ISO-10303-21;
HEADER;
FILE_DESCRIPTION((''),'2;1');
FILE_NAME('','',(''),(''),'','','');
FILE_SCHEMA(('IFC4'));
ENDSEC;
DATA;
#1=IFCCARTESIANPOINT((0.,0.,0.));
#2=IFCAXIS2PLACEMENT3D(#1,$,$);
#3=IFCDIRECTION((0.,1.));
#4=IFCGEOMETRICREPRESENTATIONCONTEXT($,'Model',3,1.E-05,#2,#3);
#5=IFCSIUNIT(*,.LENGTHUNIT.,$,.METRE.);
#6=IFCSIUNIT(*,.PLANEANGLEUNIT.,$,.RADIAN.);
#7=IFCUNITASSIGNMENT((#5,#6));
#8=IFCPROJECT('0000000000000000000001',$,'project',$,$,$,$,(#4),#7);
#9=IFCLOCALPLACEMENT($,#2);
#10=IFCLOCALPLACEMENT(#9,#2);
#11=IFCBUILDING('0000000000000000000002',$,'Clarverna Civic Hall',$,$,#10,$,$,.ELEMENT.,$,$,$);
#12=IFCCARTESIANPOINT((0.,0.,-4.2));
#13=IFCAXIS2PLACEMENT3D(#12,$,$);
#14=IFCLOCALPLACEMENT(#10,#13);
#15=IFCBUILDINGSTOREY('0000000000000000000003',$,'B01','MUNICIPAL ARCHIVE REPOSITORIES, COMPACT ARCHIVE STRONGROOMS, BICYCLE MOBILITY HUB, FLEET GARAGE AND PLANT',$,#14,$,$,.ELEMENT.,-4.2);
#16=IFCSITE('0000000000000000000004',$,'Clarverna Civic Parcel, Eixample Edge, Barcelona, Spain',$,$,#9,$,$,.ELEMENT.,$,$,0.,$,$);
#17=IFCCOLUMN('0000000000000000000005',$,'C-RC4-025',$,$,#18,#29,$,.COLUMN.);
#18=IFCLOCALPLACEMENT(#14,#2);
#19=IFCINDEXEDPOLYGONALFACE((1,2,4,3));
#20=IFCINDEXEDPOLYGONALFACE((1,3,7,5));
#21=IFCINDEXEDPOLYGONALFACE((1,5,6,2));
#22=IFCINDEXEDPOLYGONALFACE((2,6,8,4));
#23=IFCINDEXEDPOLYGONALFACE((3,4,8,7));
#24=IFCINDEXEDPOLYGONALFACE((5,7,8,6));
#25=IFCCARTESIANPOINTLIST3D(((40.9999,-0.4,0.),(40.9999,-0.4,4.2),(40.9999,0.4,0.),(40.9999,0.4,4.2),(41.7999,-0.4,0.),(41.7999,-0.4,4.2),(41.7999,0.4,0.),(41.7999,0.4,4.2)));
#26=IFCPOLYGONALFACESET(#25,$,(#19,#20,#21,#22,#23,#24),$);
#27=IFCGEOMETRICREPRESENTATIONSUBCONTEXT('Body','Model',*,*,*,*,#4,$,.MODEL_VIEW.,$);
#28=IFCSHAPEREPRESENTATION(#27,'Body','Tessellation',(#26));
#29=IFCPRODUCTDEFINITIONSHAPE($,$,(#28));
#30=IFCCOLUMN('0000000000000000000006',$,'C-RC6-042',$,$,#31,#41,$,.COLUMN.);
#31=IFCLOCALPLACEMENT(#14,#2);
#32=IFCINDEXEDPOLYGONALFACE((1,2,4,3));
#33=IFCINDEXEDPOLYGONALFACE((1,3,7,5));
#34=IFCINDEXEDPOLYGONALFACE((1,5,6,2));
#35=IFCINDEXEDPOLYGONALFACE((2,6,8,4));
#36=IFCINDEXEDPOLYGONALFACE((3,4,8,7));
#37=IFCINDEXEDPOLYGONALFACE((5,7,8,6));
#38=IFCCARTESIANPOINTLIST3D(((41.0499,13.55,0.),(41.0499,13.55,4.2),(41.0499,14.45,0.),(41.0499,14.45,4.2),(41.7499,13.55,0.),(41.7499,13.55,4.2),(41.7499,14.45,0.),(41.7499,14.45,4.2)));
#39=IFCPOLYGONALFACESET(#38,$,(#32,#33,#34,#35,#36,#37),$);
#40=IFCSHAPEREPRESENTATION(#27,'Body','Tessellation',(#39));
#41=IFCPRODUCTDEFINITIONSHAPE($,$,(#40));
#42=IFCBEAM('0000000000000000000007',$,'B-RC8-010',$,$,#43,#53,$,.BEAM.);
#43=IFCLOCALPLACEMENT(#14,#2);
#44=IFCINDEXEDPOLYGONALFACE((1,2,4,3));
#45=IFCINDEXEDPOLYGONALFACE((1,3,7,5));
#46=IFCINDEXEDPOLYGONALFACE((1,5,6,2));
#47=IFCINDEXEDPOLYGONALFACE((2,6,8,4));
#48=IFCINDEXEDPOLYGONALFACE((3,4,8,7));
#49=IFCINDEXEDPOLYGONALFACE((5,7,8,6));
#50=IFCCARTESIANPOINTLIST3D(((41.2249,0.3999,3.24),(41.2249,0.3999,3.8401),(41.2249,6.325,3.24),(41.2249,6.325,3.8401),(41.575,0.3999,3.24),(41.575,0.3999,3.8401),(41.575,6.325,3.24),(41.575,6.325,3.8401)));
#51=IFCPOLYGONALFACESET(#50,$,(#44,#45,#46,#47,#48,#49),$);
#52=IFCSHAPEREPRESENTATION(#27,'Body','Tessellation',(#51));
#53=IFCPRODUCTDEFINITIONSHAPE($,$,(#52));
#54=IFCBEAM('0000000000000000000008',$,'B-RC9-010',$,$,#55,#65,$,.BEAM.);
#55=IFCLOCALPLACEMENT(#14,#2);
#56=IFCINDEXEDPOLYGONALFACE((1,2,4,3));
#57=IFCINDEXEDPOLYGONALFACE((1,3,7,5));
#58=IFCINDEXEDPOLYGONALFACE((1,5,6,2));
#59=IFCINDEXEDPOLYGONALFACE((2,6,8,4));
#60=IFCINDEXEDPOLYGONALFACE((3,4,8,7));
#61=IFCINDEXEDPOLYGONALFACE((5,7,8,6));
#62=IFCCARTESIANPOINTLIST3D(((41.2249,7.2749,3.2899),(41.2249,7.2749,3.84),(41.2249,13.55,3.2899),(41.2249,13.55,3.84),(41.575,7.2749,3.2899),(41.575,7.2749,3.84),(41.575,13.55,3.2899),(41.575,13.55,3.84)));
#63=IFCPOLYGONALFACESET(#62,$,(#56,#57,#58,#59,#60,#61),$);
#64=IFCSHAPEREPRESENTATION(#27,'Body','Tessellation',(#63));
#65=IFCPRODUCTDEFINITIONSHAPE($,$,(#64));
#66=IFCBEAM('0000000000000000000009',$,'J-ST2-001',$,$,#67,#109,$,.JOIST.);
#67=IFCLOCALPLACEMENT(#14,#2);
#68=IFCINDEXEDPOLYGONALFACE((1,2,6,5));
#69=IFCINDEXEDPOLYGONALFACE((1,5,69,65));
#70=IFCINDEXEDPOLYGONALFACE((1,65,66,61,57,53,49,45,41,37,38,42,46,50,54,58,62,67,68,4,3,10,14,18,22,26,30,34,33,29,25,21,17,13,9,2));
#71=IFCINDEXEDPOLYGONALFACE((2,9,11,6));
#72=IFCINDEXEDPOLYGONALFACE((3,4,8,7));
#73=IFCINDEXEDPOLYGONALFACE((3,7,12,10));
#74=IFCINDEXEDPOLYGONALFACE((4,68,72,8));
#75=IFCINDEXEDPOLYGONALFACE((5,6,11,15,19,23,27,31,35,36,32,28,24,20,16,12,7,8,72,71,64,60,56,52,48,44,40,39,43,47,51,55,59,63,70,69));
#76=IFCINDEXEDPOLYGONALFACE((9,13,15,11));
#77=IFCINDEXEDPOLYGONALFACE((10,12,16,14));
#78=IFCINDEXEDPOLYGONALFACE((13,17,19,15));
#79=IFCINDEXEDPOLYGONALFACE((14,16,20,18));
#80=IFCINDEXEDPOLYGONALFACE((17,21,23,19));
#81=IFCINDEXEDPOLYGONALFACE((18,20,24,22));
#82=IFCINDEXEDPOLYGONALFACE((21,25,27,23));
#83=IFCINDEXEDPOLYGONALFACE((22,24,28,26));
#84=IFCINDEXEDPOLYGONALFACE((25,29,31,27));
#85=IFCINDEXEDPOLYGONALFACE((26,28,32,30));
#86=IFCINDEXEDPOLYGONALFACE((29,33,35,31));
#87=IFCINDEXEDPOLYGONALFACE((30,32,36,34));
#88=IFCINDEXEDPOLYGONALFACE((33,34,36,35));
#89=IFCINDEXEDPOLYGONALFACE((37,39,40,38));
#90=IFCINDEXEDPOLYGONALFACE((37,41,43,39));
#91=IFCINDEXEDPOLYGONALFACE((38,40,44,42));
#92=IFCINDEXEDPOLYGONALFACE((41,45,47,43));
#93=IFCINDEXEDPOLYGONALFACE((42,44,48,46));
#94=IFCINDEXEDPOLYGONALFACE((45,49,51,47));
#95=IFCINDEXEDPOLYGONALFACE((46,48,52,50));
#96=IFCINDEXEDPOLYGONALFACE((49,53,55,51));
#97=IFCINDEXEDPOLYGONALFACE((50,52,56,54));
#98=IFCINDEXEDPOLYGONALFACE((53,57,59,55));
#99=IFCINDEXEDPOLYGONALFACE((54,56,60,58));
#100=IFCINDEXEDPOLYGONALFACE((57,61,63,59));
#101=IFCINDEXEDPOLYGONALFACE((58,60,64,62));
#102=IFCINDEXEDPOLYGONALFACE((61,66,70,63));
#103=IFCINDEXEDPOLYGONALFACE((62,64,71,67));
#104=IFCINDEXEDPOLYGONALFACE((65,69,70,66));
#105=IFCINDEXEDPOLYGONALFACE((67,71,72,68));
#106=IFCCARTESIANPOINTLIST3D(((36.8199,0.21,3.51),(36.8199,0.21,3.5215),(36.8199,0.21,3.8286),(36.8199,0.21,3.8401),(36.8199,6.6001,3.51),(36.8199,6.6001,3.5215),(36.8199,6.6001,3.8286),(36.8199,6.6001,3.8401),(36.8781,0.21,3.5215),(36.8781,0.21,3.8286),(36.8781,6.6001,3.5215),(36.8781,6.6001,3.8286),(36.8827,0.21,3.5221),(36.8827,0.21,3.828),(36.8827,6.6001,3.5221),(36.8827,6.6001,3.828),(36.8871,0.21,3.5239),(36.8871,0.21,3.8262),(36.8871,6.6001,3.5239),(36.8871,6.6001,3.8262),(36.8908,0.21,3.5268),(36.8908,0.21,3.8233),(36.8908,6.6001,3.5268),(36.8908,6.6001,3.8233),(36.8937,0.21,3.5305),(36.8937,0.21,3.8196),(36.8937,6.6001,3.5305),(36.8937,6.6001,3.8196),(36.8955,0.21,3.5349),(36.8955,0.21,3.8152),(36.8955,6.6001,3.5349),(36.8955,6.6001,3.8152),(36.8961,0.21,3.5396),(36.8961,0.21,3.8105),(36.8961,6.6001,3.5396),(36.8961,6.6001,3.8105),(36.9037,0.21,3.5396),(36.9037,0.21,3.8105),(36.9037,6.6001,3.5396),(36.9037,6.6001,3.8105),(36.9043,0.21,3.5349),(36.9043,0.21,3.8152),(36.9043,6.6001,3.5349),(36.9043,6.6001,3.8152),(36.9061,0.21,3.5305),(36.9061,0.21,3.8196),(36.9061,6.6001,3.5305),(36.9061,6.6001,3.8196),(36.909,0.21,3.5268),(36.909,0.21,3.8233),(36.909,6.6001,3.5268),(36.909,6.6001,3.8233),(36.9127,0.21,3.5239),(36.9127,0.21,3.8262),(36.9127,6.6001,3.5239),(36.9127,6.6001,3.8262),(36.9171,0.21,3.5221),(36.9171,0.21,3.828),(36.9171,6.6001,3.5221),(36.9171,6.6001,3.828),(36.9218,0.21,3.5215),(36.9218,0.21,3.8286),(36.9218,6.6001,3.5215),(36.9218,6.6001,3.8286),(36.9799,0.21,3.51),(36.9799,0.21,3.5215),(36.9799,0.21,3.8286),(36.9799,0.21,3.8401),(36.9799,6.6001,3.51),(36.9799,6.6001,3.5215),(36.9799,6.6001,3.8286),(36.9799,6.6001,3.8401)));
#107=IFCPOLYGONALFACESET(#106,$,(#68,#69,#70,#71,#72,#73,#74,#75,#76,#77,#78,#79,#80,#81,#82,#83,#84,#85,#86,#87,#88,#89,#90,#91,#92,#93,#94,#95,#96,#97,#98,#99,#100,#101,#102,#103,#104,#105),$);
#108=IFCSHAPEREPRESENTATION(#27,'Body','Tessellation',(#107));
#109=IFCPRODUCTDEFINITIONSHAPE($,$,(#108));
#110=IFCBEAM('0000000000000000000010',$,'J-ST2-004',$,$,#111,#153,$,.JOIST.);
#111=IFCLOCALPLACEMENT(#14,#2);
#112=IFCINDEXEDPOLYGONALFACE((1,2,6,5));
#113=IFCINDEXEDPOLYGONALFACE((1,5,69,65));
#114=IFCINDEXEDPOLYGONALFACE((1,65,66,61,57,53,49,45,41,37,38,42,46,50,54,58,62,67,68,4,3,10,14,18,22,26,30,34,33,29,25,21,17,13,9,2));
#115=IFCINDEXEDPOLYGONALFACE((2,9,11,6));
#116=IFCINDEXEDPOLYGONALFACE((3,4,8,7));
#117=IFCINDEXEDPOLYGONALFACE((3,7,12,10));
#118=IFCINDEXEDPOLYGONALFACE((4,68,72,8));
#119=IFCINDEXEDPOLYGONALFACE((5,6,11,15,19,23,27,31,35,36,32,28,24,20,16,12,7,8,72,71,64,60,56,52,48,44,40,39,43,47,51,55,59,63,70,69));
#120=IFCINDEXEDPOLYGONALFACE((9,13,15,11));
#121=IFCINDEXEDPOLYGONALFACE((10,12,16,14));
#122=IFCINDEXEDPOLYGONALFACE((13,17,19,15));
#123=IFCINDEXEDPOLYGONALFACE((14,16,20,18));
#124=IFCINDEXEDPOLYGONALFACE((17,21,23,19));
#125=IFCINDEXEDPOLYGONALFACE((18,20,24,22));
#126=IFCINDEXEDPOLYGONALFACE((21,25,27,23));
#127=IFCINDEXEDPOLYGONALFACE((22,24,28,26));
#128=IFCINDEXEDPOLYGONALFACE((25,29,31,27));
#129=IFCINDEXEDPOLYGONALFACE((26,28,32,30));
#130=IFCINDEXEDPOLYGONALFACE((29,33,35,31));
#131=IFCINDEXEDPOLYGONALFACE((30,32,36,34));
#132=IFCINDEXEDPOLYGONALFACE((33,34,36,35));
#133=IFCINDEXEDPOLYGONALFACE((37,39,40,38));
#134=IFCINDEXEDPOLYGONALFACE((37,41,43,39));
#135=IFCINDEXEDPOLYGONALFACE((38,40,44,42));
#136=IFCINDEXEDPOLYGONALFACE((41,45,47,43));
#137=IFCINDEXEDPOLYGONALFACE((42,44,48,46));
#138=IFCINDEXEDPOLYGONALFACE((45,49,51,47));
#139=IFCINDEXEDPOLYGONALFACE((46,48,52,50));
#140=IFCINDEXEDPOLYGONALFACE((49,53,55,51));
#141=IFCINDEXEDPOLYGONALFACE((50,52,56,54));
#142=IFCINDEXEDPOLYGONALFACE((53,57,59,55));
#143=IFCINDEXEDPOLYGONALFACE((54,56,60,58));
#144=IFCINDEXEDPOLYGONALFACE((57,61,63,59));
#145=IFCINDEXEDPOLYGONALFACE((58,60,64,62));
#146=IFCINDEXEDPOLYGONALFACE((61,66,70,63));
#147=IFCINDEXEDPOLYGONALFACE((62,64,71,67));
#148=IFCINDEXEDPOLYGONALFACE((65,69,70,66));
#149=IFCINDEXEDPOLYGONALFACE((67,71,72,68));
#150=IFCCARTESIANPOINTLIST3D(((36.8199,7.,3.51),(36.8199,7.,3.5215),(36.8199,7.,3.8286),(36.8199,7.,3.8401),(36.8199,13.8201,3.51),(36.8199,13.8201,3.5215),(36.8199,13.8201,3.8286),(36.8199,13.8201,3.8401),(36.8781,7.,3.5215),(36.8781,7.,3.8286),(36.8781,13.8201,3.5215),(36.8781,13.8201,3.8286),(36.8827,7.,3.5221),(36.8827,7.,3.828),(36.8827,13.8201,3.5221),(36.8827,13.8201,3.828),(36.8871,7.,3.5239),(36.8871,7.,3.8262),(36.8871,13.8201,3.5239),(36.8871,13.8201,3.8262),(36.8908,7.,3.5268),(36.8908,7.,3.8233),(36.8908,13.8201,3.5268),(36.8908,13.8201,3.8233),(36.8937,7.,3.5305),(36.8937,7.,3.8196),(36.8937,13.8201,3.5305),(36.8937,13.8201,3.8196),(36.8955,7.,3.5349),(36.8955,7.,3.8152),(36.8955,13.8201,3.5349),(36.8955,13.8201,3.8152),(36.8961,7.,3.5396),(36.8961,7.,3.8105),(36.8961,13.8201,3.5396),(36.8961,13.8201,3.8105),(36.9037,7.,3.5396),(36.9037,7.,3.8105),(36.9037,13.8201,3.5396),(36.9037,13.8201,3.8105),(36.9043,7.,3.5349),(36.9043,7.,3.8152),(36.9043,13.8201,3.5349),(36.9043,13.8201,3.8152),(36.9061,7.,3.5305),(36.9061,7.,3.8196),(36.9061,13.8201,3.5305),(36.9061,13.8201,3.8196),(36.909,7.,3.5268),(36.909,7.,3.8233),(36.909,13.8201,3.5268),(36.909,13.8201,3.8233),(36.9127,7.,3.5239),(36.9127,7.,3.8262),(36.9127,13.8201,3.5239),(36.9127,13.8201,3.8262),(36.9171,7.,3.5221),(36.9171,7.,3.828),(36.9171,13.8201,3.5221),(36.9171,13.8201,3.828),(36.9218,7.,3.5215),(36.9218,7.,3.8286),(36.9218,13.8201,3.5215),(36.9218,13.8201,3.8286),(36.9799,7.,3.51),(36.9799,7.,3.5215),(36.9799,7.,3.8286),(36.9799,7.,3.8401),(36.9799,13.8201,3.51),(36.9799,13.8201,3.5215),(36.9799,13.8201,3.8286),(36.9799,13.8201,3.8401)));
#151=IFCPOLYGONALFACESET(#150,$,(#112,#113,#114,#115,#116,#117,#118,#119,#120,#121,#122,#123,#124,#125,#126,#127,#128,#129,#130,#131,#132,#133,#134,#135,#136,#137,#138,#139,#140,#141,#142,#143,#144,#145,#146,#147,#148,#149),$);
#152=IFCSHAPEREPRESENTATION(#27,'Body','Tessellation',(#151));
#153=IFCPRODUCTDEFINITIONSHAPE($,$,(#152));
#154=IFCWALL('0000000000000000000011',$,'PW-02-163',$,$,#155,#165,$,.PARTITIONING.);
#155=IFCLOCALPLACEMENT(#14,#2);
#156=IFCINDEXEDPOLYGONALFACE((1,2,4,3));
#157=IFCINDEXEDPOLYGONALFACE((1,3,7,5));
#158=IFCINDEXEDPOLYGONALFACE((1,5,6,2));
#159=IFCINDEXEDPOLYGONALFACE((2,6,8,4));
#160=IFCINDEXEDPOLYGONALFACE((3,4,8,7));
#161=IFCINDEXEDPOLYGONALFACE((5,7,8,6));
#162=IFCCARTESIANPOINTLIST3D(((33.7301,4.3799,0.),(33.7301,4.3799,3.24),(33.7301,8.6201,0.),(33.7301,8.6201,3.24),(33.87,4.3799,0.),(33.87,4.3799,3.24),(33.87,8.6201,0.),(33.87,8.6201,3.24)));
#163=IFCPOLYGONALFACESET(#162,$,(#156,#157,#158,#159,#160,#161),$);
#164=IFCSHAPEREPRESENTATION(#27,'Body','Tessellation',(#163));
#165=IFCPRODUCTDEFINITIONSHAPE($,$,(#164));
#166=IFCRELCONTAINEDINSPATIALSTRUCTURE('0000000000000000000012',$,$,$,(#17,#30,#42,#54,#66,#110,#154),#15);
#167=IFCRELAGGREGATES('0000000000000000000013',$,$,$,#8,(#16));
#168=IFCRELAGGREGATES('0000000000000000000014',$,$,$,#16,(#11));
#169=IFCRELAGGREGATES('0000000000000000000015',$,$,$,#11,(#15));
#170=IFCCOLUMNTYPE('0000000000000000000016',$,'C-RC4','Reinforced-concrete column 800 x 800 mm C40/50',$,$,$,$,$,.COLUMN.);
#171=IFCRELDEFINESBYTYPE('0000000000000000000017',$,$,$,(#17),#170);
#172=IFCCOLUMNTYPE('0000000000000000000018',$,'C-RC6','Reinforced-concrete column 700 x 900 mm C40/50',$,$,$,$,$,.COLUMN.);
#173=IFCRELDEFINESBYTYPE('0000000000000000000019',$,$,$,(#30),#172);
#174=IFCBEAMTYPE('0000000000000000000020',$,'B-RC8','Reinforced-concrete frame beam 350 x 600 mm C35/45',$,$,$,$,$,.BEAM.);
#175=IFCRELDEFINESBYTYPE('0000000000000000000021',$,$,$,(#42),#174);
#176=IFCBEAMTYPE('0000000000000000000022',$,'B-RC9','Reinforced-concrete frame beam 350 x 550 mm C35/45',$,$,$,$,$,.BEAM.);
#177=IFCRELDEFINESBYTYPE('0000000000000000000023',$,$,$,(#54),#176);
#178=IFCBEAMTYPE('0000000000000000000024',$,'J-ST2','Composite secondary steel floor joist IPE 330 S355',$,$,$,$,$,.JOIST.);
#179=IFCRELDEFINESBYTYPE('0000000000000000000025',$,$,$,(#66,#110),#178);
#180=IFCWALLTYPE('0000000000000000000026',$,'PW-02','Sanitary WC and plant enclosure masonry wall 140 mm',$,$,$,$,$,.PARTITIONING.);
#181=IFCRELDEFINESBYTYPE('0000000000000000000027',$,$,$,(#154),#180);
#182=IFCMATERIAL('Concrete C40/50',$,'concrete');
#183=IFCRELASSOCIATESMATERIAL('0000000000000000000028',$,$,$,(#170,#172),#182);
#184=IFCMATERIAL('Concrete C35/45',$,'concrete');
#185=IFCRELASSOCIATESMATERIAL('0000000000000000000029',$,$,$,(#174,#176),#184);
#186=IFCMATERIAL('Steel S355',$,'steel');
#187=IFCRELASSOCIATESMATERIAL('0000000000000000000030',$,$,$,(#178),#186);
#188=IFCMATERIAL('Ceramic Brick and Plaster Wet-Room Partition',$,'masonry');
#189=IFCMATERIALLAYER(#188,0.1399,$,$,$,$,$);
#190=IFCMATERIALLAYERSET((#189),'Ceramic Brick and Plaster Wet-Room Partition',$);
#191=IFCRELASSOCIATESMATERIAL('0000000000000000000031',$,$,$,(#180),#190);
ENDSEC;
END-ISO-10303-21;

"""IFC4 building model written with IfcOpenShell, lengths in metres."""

from ifc_helpers import new_model, si_unit, direction, frame, frame_2d, origin, origin_2d, place, context, subcontext, project, spatial, rectangle, i_section, extrude, material, layer, layer_set, material_profile, profile_set, type_object, element, save


model = new_model("IFC4")

# Units and contexts
model_context = context("Model", 3, precision=1e-05, world=origin(), true_north=direction((0.0, 1.0)))
body_context = subcontext(model_context, "Body", "Model", "MODEL_VIEW")
ifc_project = project(units=[si_unit("LENGTHUNIT", "METRE"), si_unit("PLANEANGLEUNIT", "RADIAN")], contexts=[model_context])

# Site, building, storey
site_placement = place(None, origin())
site = spatial("IfcSite", under=ifc_project, at=site_placement, Name="Clarverna Civic Parcel, Eixample Edge, Barcelona, Spain", CompositionType="ELEMENT", RefElevation=0.0)
building_placement = place(site_placement, origin())
building = spatial("IfcBuilding", under=site, at=building_placement, Name="Clarverna Civic Hall", CompositionType="ELEMENT")
storey_placement = place(building_placement, frame((0.0, 0.0, -4.2)))
storey = spatial("IfcBuildingStorey", under=building, at=storey_placement, Name="B01", Description="MUNICIPAL ARCHIVE REPOSITORIES, COMPACT ARCHIVE STRONGROOMS, BICYCLE MOBILITY HUB, FLEET GARAGE AND PLANT", CompositionType="ELEMENT", Elevation=-4.2)

# Columns
ifc_material_1 = material(Name="Concrete C40/50", Category="concrete")
ifc_material_profile_1 = material_profile(ifc_material_1, rectangle(XDim=0.8, YDim=0.8, at=origin_2d()), Name="RC 800x800")
ifc_profile_set_1 = profile_set([ifc_material_profile_1], Name="Concrete C40/50")
column_type_1 = type_object("IfcColumnType", Name="C-RC4", Description="Reinforced-concrete column 800 x 800 mm C40/50", PredefinedType="COLUMN", material=ifc_profile_set_1)
column_1_placement = place(storey_placement, frame((41.3999, 0.0, 0.0), z_axis=(0.0, 0.0, 1.0), x_axis=(1.0, 0.0, 0.0)))
element("IfcColumn", 1, at=column_1_placement, inside=storey, type_object=column_type_1, Name="C-RC4-025", PredefinedType="COLUMN", context=body_context, shape_type="SweptSolid", body=[
    extrude(rectangle(XDim=0.8, YDim=0.8, at=origin_2d()), origin(), (0.0, 0.0, 1.0), 4.2),
])
ifc_material_profile_2 = material_profile(ifc_material_1, rectangle(XDim=0.7, YDim=0.8999, at=origin_2d()), Name="RC 700x900")
ifc_profile_set_2 = profile_set([ifc_material_profile_2], Name="Concrete C40/50")
column_type_2 = type_object("IfcColumnType", Name="C-RC6", Description="Reinforced-concrete column 700 x 900 mm C40/50", PredefinedType="COLUMN", material=ifc_profile_set_2)
column_2_placement = place(storey_placement, frame((41.3999, 14.0, 0.0), z_axis=(0.0, 0.0, 1.0), x_axis=(1.0, 0.0, 0.0)))
element("IfcColumn", 2, at=column_2_placement, inside=storey, type_object=column_type_2, Name="C-RC6-042", PredefinedType="COLUMN", context=body_context, shape_type="SweptSolid", body=[
    extrude(rectangle(XDim=0.7, YDim=0.8999, at=origin_2d()), origin(), (0.0, 0.0, 1.0), 4.2),
])

# Beams
ifc_material_2 = material(Name="Concrete C35/45", Category="concrete")
ifc_material_profile_3 = material_profile(ifc_material_2, rectangle(XDim=0.3501, YDim=0.6001, at=origin_2d()), Name="RC 350x600")
ifc_profile_set_3 = profile_set([ifc_material_profile_3], Name="Concrete C35/45")
beam_type_1 = type_object("IfcBeamType", Name="B-RC8", Description="Reinforced-concrete frame beam 350 x 600 mm C35/45", PredefinedType="BEAM", material=ifc_profile_set_3)
beam_1_placement = place(storey_placement, frame((41.3999, 0.3999, 3.54), z_axis=(0.0, 1.0, 0.0), x_axis=(-1.0, 0.0, 0.0)))
element("IfcBeam", 3, at=beam_1_placement, inside=storey, type_object=beam_type_1, Name="B-RC8-010", PredefinedType="BEAM", context=body_context, shape_type="SweptSolid", body=[
    extrude(rectangle(XDim=0.3501, YDim=0.6001, at=origin_2d()), origin(), (0.0, 0.0, 1.0), 5.925),
])
ifc_material_profile_4 = material_profile(ifc_material_2, rectangle(XDim=0.3501, YDim=0.55, at=origin_2d()), Name="RC 350x550")
ifc_profile_set_4 = profile_set([ifc_material_profile_4], Name="Concrete C35/45")
beam_type_2 = type_object("IfcBeamType", Name="B-RC9", Description="Reinforced-concrete frame beam 350 x 550 mm C35/45", PredefinedType="BEAM", material=ifc_profile_set_4)
beam_2_placement = place(storey_placement, frame((41.3999, 7.2749, 3.5649), z_axis=(0.0, 1.0, 0.0), x_axis=(-1.0, 0.0, 0.0)))
element("IfcBeam", 4, at=beam_2_placement, inside=storey, type_object=beam_type_2, Name="B-RC9-010", PredefinedType="BEAM", context=body_context, shape_type="SweptSolid", body=[
    extrude(rectangle(XDim=0.3501, YDim=0.55, at=origin_2d()), origin(), (0.0, 0.0, 1.0), 6.2751),
])
ifc_material_3 = material(Name="Steel S355", Category="steel")
ifc_material_profile_5 = material_profile(ifc_material_3, i_section(OverallWidth=0.1599, OverallDepth=0.3301, WebThickness=0.0076, FlangeThickness=0.0115, FilletRadius=0.0181, at=origin_2d()), Name="IPE 330")
ifc_profile_set_5 = profile_set([ifc_material_profile_5], Name="Steel S355")
beam_type_3 = type_object("IfcBeamType", Name="J-ST2", Description="Composite secondary steel floor joist IPE 330 S355", PredefinedType="JOIST", material=ifc_profile_set_5)
beam_3_placement = place(storey_placement, frame((36.8999, 0.21, 3.675), z_axis=(0.0, 1.0, 0.0), x_axis=(-1.0, 0.0, 0.0)))
element("IfcBeam", 5, at=beam_3_placement, inside=storey, type_object=beam_type_3, Name="J-ST2-001", PredefinedType="JOIST", context=body_context, shape_type="SweptSolid", body=[
    extrude(i_section(OverallWidth=0.1599, OverallDepth=0.3301, WebThickness=0.0076, FlangeThickness=0.0115, FilletRadius=0.0181, at=origin_2d()), origin(), (0.0, 0.0, 1.0), 6.3901),
])
beam_4_placement = place(storey_placement, frame((36.8999, 7.0, 3.675), z_axis=(0.0, 1.0, 0.0), x_axis=(-1.0, 0.0, 0.0)))
element("IfcBeam", 6, at=beam_4_placement, inside=storey, type_object=beam_type_3, Name="J-ST2-004", PredefinedType="JOIST", context=body_context, shape_type="SweptSolid", body=[
    extrude(i_section(OverallWidth=0.1599, OverallDepth=0.3301, WebThickness=0.0076, FlangeThickness=0.0115, FilletRadius=0.0181, at=origin_2d()), origin(), (0.0, 0.0, 1.0), 6.8201),
])

# Wall
ifc_material_4 = material(Name="Ceramic Brick and Plaster Wet-Room Partition", Category="masonry")
ifc_layer = layer(ifc_material_4, 0.1399)
ifc_layer_set = layer_set([ifc_layer], Name="Ceramic Brick and Plaster Wet-Room Partition")
wall_type = type_object("IfcWallType", Name="PW-02", Description="Sanitary WC and plant enclosure masonry wall 140 mm", PredefinedType="PARTITIONING", material=ifc_layer_set)
wall_placement = place(storey_placement, frame((33.8, 4.3799, 0.0), z_axis=(0.0, 0.0, 1.0), x_axis=(0.0, 1.0, 0.0)))
element("IfcWall", 7, at=wall_placement, inside=storey, type_object=wall_type, Name="PW-02-163", PredefinedType="PARTITIONING", context=body_context, shape_type="SweptSolid", body=[
    extrude(rectangle(XDim=4.2402, YDim=0.1399, at=frame_2d((2.1201, 0.0))), origin(), (0.0, 0.0, 1.0), 3.24),
])

save(model, "model.ifc")
